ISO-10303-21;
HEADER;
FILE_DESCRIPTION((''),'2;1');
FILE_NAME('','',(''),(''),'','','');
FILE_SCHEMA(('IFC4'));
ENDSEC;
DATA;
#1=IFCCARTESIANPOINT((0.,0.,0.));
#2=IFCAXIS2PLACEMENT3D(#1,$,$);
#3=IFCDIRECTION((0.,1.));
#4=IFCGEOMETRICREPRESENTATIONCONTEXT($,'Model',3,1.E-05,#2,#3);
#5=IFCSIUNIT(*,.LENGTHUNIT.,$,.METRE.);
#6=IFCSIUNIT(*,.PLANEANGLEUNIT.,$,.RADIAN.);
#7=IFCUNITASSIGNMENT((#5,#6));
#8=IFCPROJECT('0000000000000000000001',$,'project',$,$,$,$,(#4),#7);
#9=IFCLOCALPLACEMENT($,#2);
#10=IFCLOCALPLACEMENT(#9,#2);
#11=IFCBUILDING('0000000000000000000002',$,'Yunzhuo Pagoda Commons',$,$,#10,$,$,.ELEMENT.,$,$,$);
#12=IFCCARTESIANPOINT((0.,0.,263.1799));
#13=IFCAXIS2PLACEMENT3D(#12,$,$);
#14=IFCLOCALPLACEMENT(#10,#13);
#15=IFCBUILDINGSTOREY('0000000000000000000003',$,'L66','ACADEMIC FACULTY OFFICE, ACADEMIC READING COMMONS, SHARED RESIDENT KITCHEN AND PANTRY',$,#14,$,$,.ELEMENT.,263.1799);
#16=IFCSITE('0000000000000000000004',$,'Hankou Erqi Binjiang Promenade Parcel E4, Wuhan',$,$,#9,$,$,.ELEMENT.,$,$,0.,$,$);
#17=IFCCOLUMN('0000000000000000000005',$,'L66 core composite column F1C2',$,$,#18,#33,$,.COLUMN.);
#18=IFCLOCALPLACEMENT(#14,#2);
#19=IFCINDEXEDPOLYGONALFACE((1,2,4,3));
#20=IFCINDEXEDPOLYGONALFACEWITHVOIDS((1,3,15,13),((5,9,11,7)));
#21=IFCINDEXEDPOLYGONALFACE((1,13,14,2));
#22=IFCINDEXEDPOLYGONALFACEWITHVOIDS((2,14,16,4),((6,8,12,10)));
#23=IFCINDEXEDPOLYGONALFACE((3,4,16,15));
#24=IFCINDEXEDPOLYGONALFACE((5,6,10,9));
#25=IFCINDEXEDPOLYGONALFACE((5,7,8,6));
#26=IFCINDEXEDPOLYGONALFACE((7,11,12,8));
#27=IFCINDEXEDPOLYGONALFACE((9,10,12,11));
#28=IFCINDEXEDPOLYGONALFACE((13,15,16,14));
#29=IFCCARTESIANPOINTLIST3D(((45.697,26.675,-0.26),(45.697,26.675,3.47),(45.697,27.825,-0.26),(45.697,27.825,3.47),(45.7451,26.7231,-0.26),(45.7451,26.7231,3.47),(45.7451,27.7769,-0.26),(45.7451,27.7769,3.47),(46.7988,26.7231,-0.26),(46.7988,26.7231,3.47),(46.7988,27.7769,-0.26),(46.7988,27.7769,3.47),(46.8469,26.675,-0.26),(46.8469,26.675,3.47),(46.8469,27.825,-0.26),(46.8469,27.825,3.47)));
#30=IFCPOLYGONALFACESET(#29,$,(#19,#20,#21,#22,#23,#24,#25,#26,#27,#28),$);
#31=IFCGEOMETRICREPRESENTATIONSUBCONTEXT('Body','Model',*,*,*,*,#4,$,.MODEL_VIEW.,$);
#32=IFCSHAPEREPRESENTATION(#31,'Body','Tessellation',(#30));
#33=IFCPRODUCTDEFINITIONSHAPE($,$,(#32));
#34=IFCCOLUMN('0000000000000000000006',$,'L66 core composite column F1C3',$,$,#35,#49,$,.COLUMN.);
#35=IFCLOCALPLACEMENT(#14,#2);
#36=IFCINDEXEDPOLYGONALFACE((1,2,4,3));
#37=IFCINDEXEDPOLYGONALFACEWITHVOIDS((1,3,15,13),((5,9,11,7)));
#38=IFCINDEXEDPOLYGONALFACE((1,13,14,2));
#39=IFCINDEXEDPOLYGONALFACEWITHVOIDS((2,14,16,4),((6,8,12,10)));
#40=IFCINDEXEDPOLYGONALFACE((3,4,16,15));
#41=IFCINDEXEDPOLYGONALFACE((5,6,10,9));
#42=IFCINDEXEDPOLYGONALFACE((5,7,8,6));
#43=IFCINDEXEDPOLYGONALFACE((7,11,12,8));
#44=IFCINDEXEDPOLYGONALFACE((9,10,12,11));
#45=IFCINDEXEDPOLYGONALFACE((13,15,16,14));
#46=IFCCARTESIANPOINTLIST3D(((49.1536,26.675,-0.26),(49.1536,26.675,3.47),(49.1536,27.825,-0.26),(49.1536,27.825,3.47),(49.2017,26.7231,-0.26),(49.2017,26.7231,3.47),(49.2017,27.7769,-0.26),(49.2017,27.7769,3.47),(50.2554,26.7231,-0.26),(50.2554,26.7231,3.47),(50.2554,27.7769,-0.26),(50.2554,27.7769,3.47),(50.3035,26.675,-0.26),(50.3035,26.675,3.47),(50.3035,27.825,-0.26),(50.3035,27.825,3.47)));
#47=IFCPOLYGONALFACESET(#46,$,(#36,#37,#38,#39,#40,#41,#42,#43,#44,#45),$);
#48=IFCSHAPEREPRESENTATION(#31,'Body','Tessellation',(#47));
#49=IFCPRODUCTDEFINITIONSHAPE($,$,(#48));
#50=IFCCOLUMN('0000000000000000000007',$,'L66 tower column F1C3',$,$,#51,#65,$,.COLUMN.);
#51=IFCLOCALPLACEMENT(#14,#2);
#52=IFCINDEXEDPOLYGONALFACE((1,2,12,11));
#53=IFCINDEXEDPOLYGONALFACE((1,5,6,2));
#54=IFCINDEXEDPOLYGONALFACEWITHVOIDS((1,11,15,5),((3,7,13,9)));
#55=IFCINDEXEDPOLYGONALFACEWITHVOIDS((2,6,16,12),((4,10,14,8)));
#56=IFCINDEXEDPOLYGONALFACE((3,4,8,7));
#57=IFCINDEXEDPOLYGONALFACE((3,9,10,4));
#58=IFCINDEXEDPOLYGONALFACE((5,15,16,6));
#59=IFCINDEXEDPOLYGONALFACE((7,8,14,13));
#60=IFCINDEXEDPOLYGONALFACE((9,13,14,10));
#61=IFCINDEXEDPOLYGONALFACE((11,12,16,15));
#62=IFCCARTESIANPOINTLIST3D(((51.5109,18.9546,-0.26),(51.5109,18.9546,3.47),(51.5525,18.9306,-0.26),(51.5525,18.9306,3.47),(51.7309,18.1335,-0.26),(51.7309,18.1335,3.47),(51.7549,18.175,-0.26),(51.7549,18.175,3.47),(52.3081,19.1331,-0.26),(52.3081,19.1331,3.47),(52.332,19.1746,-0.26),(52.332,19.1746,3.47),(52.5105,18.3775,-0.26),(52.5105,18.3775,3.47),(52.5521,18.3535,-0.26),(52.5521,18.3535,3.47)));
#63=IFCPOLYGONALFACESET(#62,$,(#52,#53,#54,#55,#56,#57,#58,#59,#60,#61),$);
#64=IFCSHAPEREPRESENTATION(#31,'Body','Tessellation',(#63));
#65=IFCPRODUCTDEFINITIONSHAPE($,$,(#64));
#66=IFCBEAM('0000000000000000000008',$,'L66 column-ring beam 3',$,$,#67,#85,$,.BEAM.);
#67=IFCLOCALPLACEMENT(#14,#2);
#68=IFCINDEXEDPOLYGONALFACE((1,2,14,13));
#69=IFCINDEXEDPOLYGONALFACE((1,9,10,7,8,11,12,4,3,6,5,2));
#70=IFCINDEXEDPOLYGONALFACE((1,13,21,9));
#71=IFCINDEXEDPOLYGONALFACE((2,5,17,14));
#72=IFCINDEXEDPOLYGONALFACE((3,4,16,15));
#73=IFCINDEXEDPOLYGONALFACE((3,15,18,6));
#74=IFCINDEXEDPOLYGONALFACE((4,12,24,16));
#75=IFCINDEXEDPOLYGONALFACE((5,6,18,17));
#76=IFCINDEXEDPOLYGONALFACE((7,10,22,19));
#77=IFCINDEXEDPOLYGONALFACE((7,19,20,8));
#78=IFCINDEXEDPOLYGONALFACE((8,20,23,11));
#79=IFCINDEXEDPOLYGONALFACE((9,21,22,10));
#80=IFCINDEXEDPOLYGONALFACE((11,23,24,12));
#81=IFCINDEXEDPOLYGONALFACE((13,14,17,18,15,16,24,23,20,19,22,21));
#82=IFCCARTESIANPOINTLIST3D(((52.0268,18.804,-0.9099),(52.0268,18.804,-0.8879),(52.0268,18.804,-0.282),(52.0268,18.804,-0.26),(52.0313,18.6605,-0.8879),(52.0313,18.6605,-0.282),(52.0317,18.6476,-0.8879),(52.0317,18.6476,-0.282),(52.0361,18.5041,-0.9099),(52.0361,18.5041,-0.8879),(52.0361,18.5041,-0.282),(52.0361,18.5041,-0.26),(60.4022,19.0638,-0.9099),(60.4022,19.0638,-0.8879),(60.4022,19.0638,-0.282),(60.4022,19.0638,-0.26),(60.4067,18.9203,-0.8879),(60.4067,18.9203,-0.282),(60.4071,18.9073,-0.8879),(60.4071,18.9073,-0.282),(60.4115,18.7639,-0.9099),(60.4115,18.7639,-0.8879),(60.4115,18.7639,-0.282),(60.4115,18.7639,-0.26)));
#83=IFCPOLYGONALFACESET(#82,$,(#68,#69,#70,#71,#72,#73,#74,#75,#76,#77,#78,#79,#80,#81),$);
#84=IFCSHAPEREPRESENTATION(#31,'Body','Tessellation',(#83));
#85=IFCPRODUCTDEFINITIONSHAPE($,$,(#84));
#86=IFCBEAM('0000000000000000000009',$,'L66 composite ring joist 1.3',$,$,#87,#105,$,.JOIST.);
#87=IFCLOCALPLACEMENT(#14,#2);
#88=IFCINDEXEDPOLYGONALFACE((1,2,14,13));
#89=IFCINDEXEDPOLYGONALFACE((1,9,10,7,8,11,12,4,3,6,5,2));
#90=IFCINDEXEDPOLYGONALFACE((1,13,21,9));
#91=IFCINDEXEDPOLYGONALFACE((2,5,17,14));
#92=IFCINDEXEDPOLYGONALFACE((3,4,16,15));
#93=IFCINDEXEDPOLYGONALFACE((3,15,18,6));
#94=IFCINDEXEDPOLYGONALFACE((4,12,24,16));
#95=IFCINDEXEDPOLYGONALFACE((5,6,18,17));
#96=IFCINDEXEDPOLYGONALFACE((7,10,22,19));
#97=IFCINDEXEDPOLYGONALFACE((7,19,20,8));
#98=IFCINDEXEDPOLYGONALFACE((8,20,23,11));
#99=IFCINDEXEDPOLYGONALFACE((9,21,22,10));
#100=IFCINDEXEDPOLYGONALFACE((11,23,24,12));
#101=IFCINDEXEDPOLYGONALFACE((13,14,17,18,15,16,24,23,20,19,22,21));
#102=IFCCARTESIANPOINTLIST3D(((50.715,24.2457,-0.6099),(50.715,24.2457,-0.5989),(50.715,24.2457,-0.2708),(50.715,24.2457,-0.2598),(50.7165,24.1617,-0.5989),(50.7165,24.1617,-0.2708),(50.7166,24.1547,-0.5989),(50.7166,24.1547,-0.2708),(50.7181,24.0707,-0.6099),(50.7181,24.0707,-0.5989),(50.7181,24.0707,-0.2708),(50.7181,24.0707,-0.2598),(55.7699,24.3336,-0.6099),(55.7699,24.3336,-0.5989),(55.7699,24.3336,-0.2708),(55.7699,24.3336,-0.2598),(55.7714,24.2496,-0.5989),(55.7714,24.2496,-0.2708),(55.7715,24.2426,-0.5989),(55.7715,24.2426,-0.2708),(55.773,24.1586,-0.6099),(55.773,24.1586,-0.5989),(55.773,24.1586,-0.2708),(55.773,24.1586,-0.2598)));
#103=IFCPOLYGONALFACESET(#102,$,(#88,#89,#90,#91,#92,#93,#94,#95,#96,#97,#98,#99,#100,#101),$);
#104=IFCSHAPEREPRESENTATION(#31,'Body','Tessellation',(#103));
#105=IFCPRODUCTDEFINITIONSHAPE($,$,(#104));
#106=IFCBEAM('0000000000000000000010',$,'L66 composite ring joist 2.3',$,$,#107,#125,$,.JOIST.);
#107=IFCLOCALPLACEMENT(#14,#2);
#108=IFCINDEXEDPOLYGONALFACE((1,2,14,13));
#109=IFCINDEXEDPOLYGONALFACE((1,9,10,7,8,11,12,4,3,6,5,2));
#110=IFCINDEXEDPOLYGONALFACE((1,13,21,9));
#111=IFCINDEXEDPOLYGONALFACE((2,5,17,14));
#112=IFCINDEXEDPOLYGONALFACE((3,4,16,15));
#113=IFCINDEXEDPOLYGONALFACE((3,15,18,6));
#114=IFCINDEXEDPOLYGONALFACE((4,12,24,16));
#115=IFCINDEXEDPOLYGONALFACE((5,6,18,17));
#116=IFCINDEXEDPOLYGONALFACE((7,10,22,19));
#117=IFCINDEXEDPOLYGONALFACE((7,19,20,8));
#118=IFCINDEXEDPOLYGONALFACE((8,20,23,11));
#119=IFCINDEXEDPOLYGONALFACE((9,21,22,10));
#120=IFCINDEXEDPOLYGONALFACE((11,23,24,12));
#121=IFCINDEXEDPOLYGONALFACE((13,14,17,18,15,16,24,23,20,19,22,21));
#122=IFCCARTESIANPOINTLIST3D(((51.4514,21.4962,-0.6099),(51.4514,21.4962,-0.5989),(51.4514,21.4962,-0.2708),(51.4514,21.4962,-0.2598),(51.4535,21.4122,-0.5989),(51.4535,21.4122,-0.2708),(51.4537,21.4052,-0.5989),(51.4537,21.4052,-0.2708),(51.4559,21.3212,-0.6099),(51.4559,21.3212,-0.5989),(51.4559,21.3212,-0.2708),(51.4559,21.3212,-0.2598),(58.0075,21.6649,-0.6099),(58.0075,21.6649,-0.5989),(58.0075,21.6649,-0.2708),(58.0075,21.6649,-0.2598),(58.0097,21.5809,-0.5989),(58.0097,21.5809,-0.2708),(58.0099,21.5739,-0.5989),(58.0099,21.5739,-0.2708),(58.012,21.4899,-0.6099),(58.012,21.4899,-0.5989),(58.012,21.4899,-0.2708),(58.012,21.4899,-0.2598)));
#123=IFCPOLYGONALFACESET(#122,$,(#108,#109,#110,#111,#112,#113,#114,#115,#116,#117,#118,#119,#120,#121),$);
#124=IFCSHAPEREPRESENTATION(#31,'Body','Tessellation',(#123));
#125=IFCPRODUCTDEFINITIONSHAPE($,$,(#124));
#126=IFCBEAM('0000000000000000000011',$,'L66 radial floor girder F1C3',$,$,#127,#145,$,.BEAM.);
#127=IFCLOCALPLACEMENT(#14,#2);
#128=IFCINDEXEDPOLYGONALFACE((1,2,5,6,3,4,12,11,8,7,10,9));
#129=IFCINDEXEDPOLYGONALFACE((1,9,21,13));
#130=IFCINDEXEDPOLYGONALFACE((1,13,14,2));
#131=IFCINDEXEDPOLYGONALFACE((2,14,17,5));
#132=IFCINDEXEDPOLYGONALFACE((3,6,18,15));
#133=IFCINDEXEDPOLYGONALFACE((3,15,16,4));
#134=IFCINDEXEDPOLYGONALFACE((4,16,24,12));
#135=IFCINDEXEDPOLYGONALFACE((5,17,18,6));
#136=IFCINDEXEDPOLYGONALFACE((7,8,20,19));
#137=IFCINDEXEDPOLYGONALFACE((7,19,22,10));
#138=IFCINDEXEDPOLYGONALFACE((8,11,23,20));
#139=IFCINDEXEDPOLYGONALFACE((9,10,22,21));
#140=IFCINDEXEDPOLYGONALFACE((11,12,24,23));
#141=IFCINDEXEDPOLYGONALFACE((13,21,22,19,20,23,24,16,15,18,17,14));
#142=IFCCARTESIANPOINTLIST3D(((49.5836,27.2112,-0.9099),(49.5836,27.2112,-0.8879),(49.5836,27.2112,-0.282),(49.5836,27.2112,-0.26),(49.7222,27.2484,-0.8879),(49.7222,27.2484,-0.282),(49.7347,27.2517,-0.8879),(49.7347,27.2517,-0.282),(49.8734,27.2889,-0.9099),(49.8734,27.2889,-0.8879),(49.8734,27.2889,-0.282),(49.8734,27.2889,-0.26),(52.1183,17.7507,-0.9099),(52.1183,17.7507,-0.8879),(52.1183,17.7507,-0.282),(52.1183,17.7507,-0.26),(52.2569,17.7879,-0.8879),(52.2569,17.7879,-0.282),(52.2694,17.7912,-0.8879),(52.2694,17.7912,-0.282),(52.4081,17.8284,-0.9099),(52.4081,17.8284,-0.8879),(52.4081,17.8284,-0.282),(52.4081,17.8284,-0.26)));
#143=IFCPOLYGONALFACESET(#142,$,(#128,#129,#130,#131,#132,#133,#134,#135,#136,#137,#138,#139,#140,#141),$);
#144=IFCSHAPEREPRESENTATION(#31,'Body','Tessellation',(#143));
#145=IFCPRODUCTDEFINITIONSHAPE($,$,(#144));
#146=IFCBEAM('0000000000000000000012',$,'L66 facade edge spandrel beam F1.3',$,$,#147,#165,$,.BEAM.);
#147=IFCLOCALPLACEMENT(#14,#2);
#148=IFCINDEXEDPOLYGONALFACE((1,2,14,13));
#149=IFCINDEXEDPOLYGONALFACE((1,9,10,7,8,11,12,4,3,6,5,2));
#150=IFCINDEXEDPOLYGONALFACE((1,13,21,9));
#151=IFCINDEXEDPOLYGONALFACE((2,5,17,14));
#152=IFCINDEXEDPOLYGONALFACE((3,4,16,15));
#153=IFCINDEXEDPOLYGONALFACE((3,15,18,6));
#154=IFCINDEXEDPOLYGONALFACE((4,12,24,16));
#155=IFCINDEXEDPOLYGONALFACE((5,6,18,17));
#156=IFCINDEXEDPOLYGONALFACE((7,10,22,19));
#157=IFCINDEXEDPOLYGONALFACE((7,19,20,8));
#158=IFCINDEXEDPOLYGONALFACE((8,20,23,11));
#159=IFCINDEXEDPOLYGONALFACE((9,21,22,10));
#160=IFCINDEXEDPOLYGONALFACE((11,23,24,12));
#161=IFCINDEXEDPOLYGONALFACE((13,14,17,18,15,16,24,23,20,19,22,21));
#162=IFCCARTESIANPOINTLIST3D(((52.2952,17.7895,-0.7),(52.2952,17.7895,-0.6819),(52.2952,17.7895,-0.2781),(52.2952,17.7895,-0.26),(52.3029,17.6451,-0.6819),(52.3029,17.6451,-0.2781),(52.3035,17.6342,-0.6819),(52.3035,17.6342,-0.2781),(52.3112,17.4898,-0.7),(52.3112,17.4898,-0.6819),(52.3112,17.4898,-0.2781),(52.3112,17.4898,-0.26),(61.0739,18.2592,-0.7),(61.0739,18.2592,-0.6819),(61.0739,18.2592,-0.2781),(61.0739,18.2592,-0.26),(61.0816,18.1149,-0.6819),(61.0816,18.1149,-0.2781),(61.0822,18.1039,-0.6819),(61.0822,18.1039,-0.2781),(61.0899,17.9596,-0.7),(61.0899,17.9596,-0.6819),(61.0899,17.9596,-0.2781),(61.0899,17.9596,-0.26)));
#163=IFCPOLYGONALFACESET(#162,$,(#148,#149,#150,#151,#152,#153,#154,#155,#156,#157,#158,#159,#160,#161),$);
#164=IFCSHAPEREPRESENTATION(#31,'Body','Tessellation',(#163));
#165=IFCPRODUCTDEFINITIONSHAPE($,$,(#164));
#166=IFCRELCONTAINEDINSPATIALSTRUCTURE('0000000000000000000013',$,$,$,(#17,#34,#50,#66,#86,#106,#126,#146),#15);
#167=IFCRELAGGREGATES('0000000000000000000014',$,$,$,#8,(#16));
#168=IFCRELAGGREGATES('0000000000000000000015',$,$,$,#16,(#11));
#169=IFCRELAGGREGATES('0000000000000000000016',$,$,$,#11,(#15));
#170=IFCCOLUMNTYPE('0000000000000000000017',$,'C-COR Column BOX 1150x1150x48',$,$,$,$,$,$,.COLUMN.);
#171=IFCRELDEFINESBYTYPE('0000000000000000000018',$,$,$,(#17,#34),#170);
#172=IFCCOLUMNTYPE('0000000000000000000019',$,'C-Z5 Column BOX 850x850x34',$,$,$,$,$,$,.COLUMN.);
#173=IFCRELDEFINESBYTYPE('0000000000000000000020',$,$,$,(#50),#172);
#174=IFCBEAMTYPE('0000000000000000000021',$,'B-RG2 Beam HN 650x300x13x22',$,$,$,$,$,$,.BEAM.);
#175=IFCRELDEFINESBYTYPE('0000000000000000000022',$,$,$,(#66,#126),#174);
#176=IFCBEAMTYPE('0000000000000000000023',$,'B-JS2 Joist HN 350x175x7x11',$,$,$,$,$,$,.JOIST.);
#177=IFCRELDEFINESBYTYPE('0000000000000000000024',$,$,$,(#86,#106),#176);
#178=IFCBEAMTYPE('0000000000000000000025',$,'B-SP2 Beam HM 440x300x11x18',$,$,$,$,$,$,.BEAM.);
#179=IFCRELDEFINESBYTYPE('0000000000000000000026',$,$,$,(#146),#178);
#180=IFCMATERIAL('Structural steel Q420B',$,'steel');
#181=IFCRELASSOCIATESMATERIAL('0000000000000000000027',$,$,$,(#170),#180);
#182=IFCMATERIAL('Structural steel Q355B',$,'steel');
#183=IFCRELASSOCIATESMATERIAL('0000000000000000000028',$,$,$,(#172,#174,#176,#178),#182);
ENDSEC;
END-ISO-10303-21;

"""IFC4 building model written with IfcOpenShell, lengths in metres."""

from ifc_helpers import new_model, si_unit, direction, frame, origin, origin_2d, place, context, subcontext, project, spatial, hollow_rectangle, i_section, extrude, source, transform, mapped, material, material_profile, profile_set, type_object, element, save


model = new_model("IFC4")

# Units and contexts
model_context = context("Model", 3, precision=1e-05, world=origin(), true_north=direction((0.0, 1.0)))
body_context = subcontext(model_context, "Body", "Model", "MODEL_VIEW")
ifc_project = project(units=[si_unit("LENGTHUNIT", "METRE"), si_unit("PLANEANGLEUNIT", "RADIAN")], contexts=[model_context])

# Site, building, storey
site_placement = place(None, origin())
site = spatial("IfcSite", under=ifc_project, at=site_placement, Name="Hankou Erqi Binjiang Promenade Parcel E4, Wuhan", CompositionType="ELEMENT", RefElevation=0.0)
building_placement = place(site_placement, origin())
building = spatial("IfcBuilding", under=site, at=building_placement, Name="Yunzhuo Pagoda Commons", CompositionType="ELEMENT")
storey_placement = place(building_placement, frame((0.0, 0.0, 263.1799)))
storey = spatial("IfcBuildingStorey", under=building, at=storey_placement, Name="L66", Description="ACADEMIC FACULTY OFFICE, ACADEMIC READING COMMONS, SHARED RESIDENT KITCHEN AND PANTRY", CompositionType="ELEMENT", Elevation=263.1799)

# Columns
ifc_material_1 = material(Name="Structural steel Q420B", Category="steel")
ifc_material_profile_1 = material_profile(ifc_material_1, hollow_rectangle(XDim=1.1499, YDim=1.1499, WallThickness=0.0481, at=origin_2d()), Name="Structural steel Q420B")
ifc_profile_set_1 = profile_set([ifc_material_profile_1], Name="Structural steel Q420B")
column_type_1 = type_object("IfcColumnType", Name="C-COR Column BOX 1150x1150x48", PredefinedType="COLUMN", material=ifc_profile_set_1)
shared_shape_1 = source(origin(), body_context, "Body", "SweptSolid", [
    extrude(hollow_rectangle(XDim=1.1499, YDim=1.1499, WallThickness=0.0481, at=origin_2d()), origin(), (0.0, 0.0, 1.0), 3.73),
])
for number, where, z_axis, x_axis, name in (
    (1, (46.272, 27.25, -0.26), (0.0, 0.0, 1.0), (1.0, 0.0, 0.0), "L66 core composite column F1C2"),
    (2, (49.7285, 27.25, -0.26), (0.0, 0.0, 1.0), (1.0, 0.0, 0.0), "L66 core composite column F1C3"),
):
    element("IfcColumn", number, at=place(storey_placement, frame(where, z_axis=z_axis, x_axis=x_axis)), inside=storey, type_object=column_type_1, Name=name, PredefinedType="COLUMN", context=body_context, shape_type="MappedRepresentation", body=[
        mapped(shared_shape_1, transform((0.0, 0.0, 0.0), scale=1.0)),
    ])
ifc_material_2 = material(Name="Structural steel Q355B", Category="steel")
ifc_material_profile_2 = material_profile(ifc_material_2, hollow_rectangle(XDim=0.8501, YDim=0.8501, WallThickness=0.0339, at=origin_2d()), Name="Structural steel Q355B")
ifc_profile_set_2 = profile_set([ifc_material_profile_2], Name="Structural steel Q355B")
column_type_2 = type_object("IfcColumnType", Name="C-Z5 Column BOX 850x850x34", PredefinedType="COLUMN", material=ifc_profile_set_2)
shared_shape_2 = source(origin(), body_context, "Body", "SweptSolid", [
    extrude(hollow_rectangle(XDim=0.8501, YDim=0.8501, WallThickness=0.0339, at=origin_2d()), origin(), (0.0, 0.0, 1.0), 3.73),
])
column_placement = place(storey_placement, frame((52.0315, 18.6541, -0.26), z_axis=(0.0, 0.0, 1.0), x_axis=(0.965926, 0.258819, 0.0)))
element("IfcColumn", 3, at=column_placement, inside=storey, type_object=column_type_2, Name="L66 tower column F1C3", PredefinedType="COLUMN", context=body_context, shape_type="MappedRepresentation", body=[
    mapped(shared_shape_2, transform((0.0, 0.0, 0.0), scale=1.0)),
])

# Beams
ifc_material_profile_3 = material_profile(ifc_material_2, i_section(OverallWidth=0.3, OverallDepth=0.6499, WebThickness=0.0129, FlangeThickness=0.022, at=origin_2d()), Name="Structural steel Q355B")
ifc_profile_set_3 = profile_set([ifc_material_profile_3], Name="Structural steel Q355B")
beam_type_1 = type_object("IfcBeamType", Name="B-RG2 Beam HN 650x300x13x22", PredefinedType="BEAM", material=ifc_profile_set_3)
shared_shape_3 = source(origin(), body_context, "Body", "SweptSolid", [
    extrude(i_section(OverallWidth=0.3, OverallDepth=0.6499, WebThickness=0.0129, FlangeThickness=0.022, at=origin_2d()), origin(), (0.0, 0.0, 1.0), 8.3794),
])
beam_1_placement = place(storey_placement, frame((52.0315, 18.6541, -0.585), z_axis=(0.999519, 0.031, 0.0), x_axis=(-0.031, 0.999519, 0.0)))
element("IfcBeam", 4, at=beam_1_placement, inside=storey, type_object=beam_type_1, Name="L66 column-ring beam 3", PredefinedType="BEAM", context=body_context, shape_type="MappedRepresentation", body=[
    mapped(shared_shape_3, transform((0.0, 0.0, 0.0), scale=1.0)),
])
ifc_material_profile_4 = material_profile(ifc_material_2, i_section(OverallWidth=0.175, OverallDepth=0.3501, WebThickness=0.0071, FlangeThickness=0.011, at=origin_2d()), Name="Structural steel Q355B")
ifc_profile_set_4 = profile_set([ifc_material_profile_4], Name="Structural steel Q355B")
beam_type_2 = type_object("IfcBeamType", Name="B-JS2 Joist HN 350x175x7x11", PredefinedType="JOIST", material=ifc_profile_set_4)
shared_shape_4 = source(origin(), body_context, "Body", "SweptSolid", [
    extrude(i_section(OverallWidth=0.175, OverallDepth=0.3501, WebThickness=0.0071, FlangeThickness=0.011, at=origin_2d()), origin(), (0.0, 0.0, 1.0), 5.0557),
])
beam_2_placement = place(storey_placement, frame((50.7166, 24.1582, -0.4348), z_axis=(0.999849, 0.017384, 0.0), x_axis=(-0.017384, 0.999849, 0.0)))
element("IfcBeam", 5, at=beam_2_placement, inside=storey, type_object=beam_type_2, Name="L66 composite ring joist 1.3", PredefinedType="JOIST", context=body_context, shape_type="MappedRepresentation", body=[
    mapped(shared_shape_4, transform((0.0, 0.0, 0.0), scale=1.0)),
])
shared_shape_5 = source(origin(), body_context, "Body", "SweptSolid", [
    extrude(i_section(OverallWidth=0.175, OverallDepth=0.3501, WebThickness=0.0071, FlangeThickness=0.011, at=origin_2d()), origin(), (0.0, 0.0, 1.0), 6.5583),
])
beam_3_placement = place(storey_placement, frame((51.4536, 21.4087, -0.4348), z_axis=(0.999669, 0.025723, 0.0), x_axis=(-0.025723, 0.999669, 0.0)))
element("IfcBeam", 6, at=beam_3_placement, inside=storey, type_object=beam_type_2, Name="L66 composite ring joist 2.3", PredefinedType="JOIST", context=body_context, shape_type="MappedRepresentation", body=[
    mapped(shared_shape_5, transform((0.0, 0.0, 0.0), scale=1.0)),
])
shared_shape_6 = source(origin(), body_context, "Body", "SweptSolid", [
    extrude(i_section(OverallWidth=0.3, OverallDepth=0.6499, WebThickness=0.0129, FlangeThickness=0.022, at=origin_2d()), origin(), (0.0, 0.0, 1.0), 9.7942),
])
beam_4_placement = place(storey_placement, frame((52.2632, 17.7896, -0.585), z_axis=(-0.258795, 0.965932, 0.0), x_axis=(-0.965932, -0.258795, 0.0)))
element("IfcBeam", 7, at=beam_4_placement, inside=storey, type_object=beam_type_1, Name="L66 radial floor girder F1C3", PredefinedType="BEAM", context=body_context, shape_type="MappedRepresentation", body=[
    mapped(shared_shape_6, transform((0.0, 0.0, 0.0), scale=1.0)),
])
ifc_material_profile_5 = material_profile(ifc_material_2, i_section(OverallWidth=0.3, OverallDepth=0.4399, WebThickness=0.011, FlangeThickness=0.0181, at=origin_2d()), Name="Structural steel Q355B")
ifc_profile_set_5 = profile_set([ifc_material_profile_5], Name="Structural steel Q355B")
beam_type_3 = type_object("IfcBeamType", Name="B-SP2 Beam HM 440x300x11x18", PredefinedType="BEAM", material=ifc_profile_set_5)
shared_shape_7 = source(origin(), body_context, "Body", "SweptSolid", [
    extrude(i_section(OverallWidth=0.3, OverallDepth=0.4399, WebThickness=0.011, FlangeThickness=0.0181, at=origin_2d()), origin(), (0.0, 0.0, 1.0), 8.7913),
])
beam_5_placement = place(storey_placement, frame((52.3032, 17.6396, -0.48), z_axis=(0.998572, 0.05343, 0.0), x_axis=(-0.05343, 0.998572, 0.0)))
element("IfcBeam", 8, at=beam_5_placement, inside=storey, type_object=beam_type_3, Name="L66 facade edge spandrel beam F1.3", PredefinedType="BEAM", context=body_context, shape_type="MappedRepresentation", body=[
    mapped(shared_shape_7, transform((0.0, 0.0, 0.0), scale=1.0)),
])

save(model, "model.ifc")
